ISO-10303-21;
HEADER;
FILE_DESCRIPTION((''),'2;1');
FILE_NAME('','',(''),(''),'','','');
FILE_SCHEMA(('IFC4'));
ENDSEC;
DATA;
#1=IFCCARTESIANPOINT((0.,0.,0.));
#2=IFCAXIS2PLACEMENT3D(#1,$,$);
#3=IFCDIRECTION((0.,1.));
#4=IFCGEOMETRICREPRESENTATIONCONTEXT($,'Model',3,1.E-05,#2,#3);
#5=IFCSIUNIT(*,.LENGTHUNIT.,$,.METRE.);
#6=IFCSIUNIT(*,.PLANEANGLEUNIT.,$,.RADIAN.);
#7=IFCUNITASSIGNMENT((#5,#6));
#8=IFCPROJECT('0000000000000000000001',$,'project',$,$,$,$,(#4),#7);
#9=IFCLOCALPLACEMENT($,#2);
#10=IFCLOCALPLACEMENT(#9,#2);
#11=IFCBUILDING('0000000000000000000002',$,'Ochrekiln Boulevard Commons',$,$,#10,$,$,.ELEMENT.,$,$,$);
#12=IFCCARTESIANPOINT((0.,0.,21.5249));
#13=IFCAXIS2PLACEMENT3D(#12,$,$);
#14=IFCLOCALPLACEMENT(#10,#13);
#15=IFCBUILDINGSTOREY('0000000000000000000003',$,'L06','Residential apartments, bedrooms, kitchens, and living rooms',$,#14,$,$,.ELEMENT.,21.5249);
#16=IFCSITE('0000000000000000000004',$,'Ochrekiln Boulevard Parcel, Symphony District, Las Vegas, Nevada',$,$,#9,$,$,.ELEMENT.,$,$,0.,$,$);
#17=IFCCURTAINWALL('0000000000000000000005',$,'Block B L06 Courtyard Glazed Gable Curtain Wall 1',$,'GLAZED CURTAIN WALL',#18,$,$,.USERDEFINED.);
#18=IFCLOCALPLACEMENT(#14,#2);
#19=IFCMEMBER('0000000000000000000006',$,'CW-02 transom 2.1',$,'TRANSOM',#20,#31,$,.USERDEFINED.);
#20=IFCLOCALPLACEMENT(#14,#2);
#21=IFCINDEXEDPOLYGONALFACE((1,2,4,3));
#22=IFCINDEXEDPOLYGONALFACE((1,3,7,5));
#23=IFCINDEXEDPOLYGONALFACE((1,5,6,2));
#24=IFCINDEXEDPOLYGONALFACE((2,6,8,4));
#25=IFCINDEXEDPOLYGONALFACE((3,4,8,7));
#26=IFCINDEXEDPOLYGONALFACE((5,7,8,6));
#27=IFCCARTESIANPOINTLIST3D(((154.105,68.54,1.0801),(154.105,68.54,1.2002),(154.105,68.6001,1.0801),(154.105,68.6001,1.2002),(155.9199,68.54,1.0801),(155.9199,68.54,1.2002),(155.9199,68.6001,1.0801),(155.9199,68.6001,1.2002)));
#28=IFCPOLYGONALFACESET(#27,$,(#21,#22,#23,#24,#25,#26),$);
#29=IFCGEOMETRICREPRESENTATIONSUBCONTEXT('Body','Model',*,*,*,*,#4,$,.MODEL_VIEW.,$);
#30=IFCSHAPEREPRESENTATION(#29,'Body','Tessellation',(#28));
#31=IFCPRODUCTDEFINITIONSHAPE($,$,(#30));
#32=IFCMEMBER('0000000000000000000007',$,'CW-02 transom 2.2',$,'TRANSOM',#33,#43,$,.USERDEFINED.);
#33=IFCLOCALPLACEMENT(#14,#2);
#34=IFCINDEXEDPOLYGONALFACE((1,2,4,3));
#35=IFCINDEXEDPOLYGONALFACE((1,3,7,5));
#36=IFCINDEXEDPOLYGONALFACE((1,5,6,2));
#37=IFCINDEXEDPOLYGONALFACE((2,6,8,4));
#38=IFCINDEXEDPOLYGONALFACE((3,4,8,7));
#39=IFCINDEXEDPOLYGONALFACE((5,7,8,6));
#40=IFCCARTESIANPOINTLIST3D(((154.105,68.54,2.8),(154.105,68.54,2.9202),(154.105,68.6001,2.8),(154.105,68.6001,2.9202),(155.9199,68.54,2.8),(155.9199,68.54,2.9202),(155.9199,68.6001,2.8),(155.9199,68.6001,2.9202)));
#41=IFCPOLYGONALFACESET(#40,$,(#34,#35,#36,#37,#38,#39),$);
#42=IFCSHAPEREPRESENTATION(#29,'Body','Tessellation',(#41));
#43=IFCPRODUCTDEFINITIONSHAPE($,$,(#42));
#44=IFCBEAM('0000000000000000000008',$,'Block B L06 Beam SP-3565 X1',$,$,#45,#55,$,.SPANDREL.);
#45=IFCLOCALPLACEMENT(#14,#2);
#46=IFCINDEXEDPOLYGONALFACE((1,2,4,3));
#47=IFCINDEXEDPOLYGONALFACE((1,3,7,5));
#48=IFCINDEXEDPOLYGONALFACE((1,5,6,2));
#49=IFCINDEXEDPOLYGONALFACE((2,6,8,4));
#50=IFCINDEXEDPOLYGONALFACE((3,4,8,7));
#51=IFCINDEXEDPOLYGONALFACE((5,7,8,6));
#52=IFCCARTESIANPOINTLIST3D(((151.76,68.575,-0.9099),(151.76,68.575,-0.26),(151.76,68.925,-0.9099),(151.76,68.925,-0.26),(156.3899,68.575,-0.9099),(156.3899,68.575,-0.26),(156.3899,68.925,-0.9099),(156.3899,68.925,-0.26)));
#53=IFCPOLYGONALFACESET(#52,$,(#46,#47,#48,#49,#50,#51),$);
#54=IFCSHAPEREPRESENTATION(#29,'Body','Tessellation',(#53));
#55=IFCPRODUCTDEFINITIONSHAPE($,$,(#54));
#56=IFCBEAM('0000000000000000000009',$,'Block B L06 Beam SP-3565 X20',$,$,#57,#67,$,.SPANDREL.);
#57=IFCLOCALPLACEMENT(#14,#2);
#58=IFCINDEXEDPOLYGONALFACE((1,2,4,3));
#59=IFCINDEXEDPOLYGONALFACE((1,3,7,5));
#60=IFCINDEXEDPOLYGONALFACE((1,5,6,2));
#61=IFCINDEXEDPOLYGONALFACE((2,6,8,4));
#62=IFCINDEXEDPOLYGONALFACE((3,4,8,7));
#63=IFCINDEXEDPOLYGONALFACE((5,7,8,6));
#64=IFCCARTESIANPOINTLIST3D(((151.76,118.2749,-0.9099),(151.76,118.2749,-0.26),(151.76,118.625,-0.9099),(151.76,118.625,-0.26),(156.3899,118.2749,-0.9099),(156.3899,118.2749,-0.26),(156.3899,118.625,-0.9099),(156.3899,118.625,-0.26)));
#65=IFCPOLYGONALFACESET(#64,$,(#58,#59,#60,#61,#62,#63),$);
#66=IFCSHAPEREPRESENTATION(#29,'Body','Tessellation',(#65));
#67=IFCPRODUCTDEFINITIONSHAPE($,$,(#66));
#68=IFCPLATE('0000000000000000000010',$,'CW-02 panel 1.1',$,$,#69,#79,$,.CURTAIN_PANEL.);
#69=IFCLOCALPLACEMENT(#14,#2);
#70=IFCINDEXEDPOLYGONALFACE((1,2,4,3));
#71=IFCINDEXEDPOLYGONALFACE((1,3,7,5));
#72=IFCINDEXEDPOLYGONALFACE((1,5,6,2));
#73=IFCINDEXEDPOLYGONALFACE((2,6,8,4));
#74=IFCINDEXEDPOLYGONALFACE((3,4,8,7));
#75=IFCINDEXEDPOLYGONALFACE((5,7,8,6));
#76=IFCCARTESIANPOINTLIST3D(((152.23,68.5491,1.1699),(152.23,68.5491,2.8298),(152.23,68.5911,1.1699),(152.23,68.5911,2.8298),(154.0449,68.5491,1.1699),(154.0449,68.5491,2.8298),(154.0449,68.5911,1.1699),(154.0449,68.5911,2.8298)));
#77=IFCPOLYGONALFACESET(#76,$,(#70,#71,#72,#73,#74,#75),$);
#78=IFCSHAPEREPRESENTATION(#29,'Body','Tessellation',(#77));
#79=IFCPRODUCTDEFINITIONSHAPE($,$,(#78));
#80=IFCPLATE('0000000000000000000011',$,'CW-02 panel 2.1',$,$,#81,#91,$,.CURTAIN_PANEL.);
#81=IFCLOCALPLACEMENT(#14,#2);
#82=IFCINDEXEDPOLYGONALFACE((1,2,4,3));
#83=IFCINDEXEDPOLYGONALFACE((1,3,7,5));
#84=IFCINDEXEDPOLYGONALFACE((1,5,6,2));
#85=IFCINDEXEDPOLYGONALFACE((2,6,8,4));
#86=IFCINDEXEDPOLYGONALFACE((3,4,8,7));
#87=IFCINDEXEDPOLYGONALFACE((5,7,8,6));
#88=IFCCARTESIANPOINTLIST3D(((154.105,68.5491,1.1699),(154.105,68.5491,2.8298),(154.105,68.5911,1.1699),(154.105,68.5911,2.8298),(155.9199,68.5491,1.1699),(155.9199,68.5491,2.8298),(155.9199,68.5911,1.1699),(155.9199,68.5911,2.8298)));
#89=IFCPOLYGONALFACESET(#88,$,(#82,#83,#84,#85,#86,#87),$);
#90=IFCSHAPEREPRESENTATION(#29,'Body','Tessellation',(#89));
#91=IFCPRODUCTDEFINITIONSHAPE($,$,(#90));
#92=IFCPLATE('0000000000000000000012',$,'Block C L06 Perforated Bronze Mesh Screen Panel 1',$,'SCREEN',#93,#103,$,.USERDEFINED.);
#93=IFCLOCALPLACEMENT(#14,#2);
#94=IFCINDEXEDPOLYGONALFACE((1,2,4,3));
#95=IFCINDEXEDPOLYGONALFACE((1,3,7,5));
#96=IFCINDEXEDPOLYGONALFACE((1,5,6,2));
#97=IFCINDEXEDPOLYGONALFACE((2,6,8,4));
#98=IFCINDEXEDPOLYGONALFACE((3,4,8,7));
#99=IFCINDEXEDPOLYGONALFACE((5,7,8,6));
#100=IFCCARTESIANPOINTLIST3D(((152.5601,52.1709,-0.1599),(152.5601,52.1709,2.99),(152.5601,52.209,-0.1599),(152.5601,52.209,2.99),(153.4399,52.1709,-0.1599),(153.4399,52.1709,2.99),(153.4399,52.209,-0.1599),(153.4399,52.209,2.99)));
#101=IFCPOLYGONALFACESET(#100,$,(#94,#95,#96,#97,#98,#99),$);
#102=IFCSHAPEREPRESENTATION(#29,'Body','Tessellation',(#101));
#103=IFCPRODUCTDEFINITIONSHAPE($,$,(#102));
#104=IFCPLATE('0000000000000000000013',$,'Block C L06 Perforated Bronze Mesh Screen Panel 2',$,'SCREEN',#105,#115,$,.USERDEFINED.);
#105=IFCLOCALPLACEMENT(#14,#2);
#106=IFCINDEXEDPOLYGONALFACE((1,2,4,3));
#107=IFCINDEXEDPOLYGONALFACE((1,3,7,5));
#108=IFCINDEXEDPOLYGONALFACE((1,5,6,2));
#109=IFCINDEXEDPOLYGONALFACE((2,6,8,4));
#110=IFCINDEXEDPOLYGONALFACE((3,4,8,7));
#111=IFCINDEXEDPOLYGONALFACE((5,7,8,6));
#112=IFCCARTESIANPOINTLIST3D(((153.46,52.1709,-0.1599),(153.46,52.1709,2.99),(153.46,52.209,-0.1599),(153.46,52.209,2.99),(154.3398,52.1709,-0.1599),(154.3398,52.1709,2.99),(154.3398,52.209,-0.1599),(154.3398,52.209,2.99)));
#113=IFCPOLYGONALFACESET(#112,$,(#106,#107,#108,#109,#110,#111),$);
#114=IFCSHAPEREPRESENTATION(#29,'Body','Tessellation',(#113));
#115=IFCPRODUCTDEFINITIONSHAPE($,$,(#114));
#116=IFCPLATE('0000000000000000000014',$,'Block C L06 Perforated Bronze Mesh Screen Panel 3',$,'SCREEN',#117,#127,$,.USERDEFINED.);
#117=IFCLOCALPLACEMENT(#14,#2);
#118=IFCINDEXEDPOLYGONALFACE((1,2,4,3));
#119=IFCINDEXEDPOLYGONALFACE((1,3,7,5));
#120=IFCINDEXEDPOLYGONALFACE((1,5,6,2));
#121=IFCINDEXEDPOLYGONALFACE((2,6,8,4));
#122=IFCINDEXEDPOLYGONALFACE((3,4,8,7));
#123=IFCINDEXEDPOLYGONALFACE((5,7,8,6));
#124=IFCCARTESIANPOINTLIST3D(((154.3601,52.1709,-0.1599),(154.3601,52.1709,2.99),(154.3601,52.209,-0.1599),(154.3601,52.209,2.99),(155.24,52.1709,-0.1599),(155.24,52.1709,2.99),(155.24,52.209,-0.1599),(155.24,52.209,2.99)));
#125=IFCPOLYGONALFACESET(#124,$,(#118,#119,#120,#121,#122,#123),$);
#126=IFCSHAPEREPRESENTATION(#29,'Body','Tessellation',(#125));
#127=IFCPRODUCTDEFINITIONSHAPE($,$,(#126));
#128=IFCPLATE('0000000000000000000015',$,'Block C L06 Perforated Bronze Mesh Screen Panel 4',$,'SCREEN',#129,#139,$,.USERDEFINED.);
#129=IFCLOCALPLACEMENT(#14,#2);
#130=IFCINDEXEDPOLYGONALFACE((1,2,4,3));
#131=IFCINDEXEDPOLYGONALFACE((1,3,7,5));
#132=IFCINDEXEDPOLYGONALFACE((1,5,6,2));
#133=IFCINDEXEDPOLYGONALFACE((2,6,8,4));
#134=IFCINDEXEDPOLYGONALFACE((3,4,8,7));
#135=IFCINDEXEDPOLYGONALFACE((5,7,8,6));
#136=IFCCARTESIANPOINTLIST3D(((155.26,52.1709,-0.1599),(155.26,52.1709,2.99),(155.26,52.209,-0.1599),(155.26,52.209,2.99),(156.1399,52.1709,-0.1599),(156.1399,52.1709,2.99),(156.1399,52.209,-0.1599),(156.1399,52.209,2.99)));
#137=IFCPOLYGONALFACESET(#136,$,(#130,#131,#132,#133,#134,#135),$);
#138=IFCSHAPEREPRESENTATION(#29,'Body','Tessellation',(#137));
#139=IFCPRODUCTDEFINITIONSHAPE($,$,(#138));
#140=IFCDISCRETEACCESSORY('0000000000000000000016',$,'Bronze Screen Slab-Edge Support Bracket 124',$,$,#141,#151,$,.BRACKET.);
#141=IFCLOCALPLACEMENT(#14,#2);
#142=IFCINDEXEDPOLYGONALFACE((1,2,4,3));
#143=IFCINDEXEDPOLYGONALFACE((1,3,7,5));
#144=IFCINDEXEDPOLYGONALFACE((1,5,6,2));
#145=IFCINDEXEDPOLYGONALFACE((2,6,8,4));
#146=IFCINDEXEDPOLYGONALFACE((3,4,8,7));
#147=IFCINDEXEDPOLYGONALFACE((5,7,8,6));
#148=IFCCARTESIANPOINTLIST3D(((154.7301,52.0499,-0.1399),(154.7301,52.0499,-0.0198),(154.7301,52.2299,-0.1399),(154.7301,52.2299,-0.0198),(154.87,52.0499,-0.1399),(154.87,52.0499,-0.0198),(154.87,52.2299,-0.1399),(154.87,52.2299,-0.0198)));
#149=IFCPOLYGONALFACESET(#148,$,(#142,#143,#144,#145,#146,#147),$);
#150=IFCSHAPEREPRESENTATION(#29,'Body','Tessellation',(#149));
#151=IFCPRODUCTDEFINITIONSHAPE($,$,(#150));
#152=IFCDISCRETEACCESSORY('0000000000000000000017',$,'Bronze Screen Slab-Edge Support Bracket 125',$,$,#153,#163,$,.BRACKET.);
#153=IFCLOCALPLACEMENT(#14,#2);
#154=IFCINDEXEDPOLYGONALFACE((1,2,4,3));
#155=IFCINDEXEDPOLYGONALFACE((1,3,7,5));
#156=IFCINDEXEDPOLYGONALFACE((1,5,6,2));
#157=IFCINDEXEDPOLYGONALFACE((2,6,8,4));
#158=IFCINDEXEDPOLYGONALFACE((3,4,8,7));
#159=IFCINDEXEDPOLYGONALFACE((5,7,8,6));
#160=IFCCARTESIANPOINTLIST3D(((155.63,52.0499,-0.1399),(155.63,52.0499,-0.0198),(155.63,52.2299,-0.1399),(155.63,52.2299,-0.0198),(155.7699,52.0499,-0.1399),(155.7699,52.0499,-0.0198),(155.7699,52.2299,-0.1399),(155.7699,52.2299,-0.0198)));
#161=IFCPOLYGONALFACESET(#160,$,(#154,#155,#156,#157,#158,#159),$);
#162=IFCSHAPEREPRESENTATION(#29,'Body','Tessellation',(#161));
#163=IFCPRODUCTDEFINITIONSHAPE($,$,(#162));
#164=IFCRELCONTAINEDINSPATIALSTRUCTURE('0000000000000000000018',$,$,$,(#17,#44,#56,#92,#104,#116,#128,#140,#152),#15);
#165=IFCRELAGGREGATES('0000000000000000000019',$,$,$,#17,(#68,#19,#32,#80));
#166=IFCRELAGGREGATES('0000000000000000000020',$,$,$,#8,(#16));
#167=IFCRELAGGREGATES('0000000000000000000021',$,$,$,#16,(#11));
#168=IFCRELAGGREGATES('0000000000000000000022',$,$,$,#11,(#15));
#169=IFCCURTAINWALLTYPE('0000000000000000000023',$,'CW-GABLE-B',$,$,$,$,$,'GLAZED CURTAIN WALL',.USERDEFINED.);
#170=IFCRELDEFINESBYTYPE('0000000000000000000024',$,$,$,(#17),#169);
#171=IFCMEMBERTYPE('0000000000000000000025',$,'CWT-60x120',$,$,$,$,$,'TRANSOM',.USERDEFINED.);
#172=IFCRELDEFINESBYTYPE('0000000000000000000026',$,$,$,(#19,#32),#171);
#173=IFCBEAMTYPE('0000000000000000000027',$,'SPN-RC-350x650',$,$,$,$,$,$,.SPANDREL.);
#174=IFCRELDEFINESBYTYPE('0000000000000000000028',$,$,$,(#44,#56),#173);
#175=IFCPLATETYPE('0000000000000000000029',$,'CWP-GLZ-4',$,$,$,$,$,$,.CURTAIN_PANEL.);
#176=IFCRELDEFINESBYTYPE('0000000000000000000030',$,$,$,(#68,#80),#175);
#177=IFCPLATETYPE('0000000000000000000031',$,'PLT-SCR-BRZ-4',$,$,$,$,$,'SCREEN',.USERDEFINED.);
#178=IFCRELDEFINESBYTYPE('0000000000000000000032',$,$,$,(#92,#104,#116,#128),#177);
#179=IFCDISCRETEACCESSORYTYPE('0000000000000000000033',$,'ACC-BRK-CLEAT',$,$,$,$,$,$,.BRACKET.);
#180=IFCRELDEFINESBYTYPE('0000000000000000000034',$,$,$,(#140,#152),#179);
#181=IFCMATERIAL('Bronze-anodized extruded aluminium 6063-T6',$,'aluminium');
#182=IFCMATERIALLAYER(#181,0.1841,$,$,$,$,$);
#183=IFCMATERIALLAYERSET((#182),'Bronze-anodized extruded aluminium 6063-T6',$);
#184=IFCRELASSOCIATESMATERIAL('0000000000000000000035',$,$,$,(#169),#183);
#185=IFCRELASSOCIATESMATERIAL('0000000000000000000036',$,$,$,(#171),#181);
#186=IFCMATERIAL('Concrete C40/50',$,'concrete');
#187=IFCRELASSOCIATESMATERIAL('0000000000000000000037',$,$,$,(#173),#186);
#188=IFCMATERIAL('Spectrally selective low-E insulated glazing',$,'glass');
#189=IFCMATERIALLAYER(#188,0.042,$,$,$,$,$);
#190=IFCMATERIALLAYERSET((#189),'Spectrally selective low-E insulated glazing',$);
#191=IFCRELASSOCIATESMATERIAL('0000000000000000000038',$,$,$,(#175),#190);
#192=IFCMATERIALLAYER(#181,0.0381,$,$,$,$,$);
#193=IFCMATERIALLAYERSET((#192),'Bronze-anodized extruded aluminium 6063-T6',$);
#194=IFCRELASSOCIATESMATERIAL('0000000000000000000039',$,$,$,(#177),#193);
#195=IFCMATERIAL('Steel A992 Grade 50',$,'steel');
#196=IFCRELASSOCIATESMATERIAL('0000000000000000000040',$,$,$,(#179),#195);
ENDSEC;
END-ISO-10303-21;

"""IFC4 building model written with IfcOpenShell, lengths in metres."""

from ifc_helpers import new_model, si_unit, direction, frame, origin, origin_2d, place, context, subcontext, project, spatial, rectangle, extrude, material, layer, layer_set, material_profile, profile_set, type_object, element, aggregate, save


model = new_model("IFC4")

# Units and contexts
model_context = context("Model", 3, precision=1e-05, world=origin(), true_north=direction((0.0, 1.0)))
body_context = subcontext(model_context, "Body", "Model", "MODEL_VIEW")
ifc_project = project(units=[si_unit("LENGTHUNIT", "METRE"), si_unit("PLANEANGLEUNIT", "RADIAN")], contexts=[model_context])

# Site, building, storey
site_placement = place(None, origin())
site = spatial("IfcSite", under=ifc_project, at=site_placement, Name="Ochrekiln Boulevard Parcel, Symphony District, Las Vegas, Nevada", CompositionType="ELEMENT", RefElevation=0.0)
building_placement = place(site_placement, origin())
building = spatial("IfcBuilding", under=site, at=building_placement, Name="Ochrekiln Boulevard Commons", CompositionType="ELEMENT")
storey_placement = place(building_placement, frame((0.0, 0.0, 21.5249)))
storey = spatial("IfcBuildingStorey", under=building, at=storey_placement, Name="L06", Description="Residential apartments, bedrooms, kitchens, and living rooms", CompositionType="ELEMENT", Elevation=21.5249)

# Curtain wall, members
ifc_material_1 = material(Name="Bronze-anodized extruded aluminium 6063-T6", Category="aluminium")
ifc_layer_1 = layer(ifc_material_1, 0.1841)
ifc_layer_set_1 = layer_set([ifc_layer_1], Name="Bronze-anodized extruded aluminium 6063-T6")
curtain_wall_type = type_object("IfcCurtainWallType", Name="CW-GABLE-B", ElementType="GLAZED CURTAIN WALL", PredefinedType="USERDEFINED", material=ifc_layer_set_1)
curtain_wall_placement = place(storey_placement, origin())
curtain_wall = element("IfcCurtainWall", 1, at=curtain_wall_placement, inside=storey, type_object=curtain_wall_type, Name="Block B L06 Courtyard Glazed Gable Curtain Wall 1", ObjectType="GLAZED CURTAIN WALL", PredefinedType="USERDEFINED")
ifc_material_profile_1 = material_profile(ifc_material_1, rectangle(XDim=0.0601, YDim=0.1201, at=origin_2d()), Name="ALU-TRN-60x120")
ifc_profile_set_1 = profile_set([ifc_material_profile_1], Name="Bronze-anodized extruded aluminium 6063-T6")
member_type_1 = type_object("IfcMemberType", Name="CWT-60x120", ElementType="TRANSOM", PredefinedType="USERDEFINED", material=ifc_profile_set_1)
member_1_placement = place(storey_placement, frame((154.105, 68.5701, 1.1401), z_axis=(1.0, 0.0, 0.0), x_axis=(0.0, 1.0, 0.0)))
member_1 = element("IfcMember", 2, at=member_1_placement, type_object=member_type_1, Name="CW-02 transom 2.1", ObjectType="TRANSOM", PredefinedType="USERDEFINED", context=body_context, shape_type="SweptSolid", body=[
    extrude(rectangle(XDim=0.0601, YDim=0.1201, at=origin_2d()), origin(), (0.0, 0.0, 1.0), 1.8149),
])
member_2_placement = place(storey_placement, frame((154.105, 68.5701, 2.8601), z_axis=(1.0, 0.0, 0.0), x_axis=(0.0, 1.0, 0.0)))
member_2 = element("IfcMember", 3, at=member_2_placement, type_object=member_type_1, Name="CW-02 transom 2.2", ObjectType="TRANSOM", PredefinedType="USERDEFINED", context=body_context, shape_type="SweptSolid", body=[
    extrude(rectangle(XDim=0.0601, YDim=0.1201, at=origin_2d()), origin(), (0.0, 0.0, 1.0), 1.8149),
])

# Beams
ifc_material_2 = material(Name="Concrete C40/50", Category="concrete")
ifc_material_profile_2 = material_profile(ifc_material_2, rectangle(XDim=0.3501, YDim=0.6499, at=origin_2d()), Name="RC-SPN-350x650")
ifc_profile_set_2 = profile_set([ifc_material_profile_2], Name="Concrete C40/50")
beam_type_1 = type_object("IfcBeamType", Name="SPN-RC-350x650", PredefinedType="SPANDREL", material=ifc_profile_set_2)
for number, where, z_axis, x_axis, name in (
    (4, (151.76, 68.75, -0.585), (1.0, 0.0, 0.0), (0.0, 1.0, 0.0), "Block B L06 Beam SP-3565 X1"),
    (5, (151.76, 118.45, -0.585), (1.0, 0.0, 0.0), (0.0, 1.0, 0.0), "Block B L06 Beam SP-3565 X20"),
):
    element("IfcBeam", number, at=place(storey_placement, frame(where, z_axis=z_axis, x_axis=x_axis)), inside=storey, type_object=beam_type_1, Name=name, PredefinedType="SPANDREL", context=body_context, shape_type="SweptSolid", body=[
        extrude(rectangle(XDim=0.3501, YDim=0.6499, at=origin_2d()), origin(), (0.0, 0.0, 1.0), 4.6299),
    ])

# Plates
ifc_material_3 = material(Name="Spectrally selective low-E insulated glazing", Category="glass")
ifc_layer_2 = layer(ifc_material_3, 0.042)
ifc_layer_set_2 = layer_set([ifc_layer_2], Name="Spectrally selective low-E insulated glazing")
plate_type_1 = type_object("IfcPlateType", Name="CWP-GLZ-4", PredefinedType="CURTAIN_PANEL", material=ifc_layer_set_2)
plate_1_placement = place(storey_placement, frame((153.1375, 68.5701, 1.1699), z_axis=(0.0, 0.0, 1.0), x_axis=(1.0, 0.0, 0.0)))
plate_1 = element("IfcPlate", 6, at=plate_1_placement, type_object=plate_type_1, Name="CW-02 panel 1.1", PredefinedType="CURTAIN_PANEL", context=body_context, shape_type="SweptSolid", body=[
    extrude(rectangle(XDim=1.8149, YDim=0.042, at=origin_2d()), origin(), (0.0, 0.0, 1.0), 1.6599),
])
plate_2_placement = place(storey_placement, frame((155.0125, 68.5701, 1.1699), z_axis=(0.0, 0.0, 1.0), x_axis=(1.0, 0.0, 0.0)))
plate_2 = element("IfcPlate", 7, at=plate_2_placement, type_object=plate_type_1, Name="CW-02 panel 2.1", PredefinedType="CURTAIN_PANEL", context=body_context, shape_type="SweptSolid", body=[
    extrude(rectangle(XDim=1.8149, YDim=0.042, at=origin_2d()), origin(), (0.0, 0.0, 1.0), 1.6599),
])
aggregate(curtain_wall, [plate_1, member_1, member_2, plate_2])

# Plates
ifc_layer_3 = layer(ifc_material_1, 0.0381)
ifc_layer_set_3 = layer_set([ifc_layer_3], Name="Bronze-anodized extruded aluminium 6063-T6")
plate_type_2 = type_object("IfcPlateType", Name="PLT-SCR-BRZ-4", ElementType="SCREEN", PredefinedType="USERDEFINED", material=ifc_layer_set_3)
for number, where, z_axis, x_axis, name in (
    (8, (153.0, 52.1899, -0.1599), (0.0, 0.0, 1.0), (1.0, 0.0, 0.0), "Block C L06 Perforated Bronze Mesh Screen Panel 1"),
    (9, (153.8999, 52.1899, -0.1599), (0.0, 0.0, 1.0), (1.0, 0.0, 0.0), "Block C L06 Perforated Bronze Mesh Screen Panel 2"),
    (10, (154.8, 52.1899, -0.1599), (0.0, 0.0, 1.0), (1.0, 0.0, 0.0), "Block C L06 Perforated Bronze Mesh Screen Panel 3"),
    (11, (155.7, 52.1899, -0.1599), (0.0, 0.0, 1.0), (1.0, 0.0, 0.0), "Block C L06 Perforated Bronze Mesh Screen Panel 4"),
):
    element("IfcPlate", number, at=place(storey_placement, frame(where, z_axis=z_axis, x_axis=x_axis)), inside=storey, type_object=plate_type_2, Name=name, ObjectType="SCREEN", PredefinedType="USERDEFINED", context=body_context, shape_type="SweptSolid", body=[
        extrude(rectangle(XDim=0.8799, YDim=0.0381, at=origin_2d()), origin(), (0.0, 0.0, 1.0), 3.1499),
    ])

# Discrete accessories
ifc_material_4 = material(Name="Steel A992 Grade 50", Category="steel")
discrete_accessory_type = type_object("IfcDiscreteAccessoryType", Name="ACC-BRK-CLEAT", PredefinedType="BRACKET", material=ifc_material_4)
for number, where, z_axis, x_axis, name in (
    (12, (154.8, 52.1399, -0.1399), (0.0, 0.0, 1.0), (1.0, 0.0, 0.0), "Bronze Screen Slab-Edge Support Bracket 124"),
    (13, (155.7, 52.1399, -0.1399), (0.0, 0.0, 1.0), (1.0, 0.0, 0.0), "Bronze Screen Slab-Edge Support Bracket 125"),
):
    element("IfcDiscreteAccessory", number, at=place(storey_placement, frame(where, z_axis=z_axis, x_axis=x_axis)), inside=storey, type_object=discrete_accessory_type, Name=name, PredefinedType="BRACKET", context=body_context, shape_type="SweptSolid", body=[
        extrude(rectangle(XDim=0.1399, YDim=0.1799, at=origin_2d()), origin(), (0.0, 0.0, 1.0), 0.1201),
    ])

save(model, "model.ifc")
